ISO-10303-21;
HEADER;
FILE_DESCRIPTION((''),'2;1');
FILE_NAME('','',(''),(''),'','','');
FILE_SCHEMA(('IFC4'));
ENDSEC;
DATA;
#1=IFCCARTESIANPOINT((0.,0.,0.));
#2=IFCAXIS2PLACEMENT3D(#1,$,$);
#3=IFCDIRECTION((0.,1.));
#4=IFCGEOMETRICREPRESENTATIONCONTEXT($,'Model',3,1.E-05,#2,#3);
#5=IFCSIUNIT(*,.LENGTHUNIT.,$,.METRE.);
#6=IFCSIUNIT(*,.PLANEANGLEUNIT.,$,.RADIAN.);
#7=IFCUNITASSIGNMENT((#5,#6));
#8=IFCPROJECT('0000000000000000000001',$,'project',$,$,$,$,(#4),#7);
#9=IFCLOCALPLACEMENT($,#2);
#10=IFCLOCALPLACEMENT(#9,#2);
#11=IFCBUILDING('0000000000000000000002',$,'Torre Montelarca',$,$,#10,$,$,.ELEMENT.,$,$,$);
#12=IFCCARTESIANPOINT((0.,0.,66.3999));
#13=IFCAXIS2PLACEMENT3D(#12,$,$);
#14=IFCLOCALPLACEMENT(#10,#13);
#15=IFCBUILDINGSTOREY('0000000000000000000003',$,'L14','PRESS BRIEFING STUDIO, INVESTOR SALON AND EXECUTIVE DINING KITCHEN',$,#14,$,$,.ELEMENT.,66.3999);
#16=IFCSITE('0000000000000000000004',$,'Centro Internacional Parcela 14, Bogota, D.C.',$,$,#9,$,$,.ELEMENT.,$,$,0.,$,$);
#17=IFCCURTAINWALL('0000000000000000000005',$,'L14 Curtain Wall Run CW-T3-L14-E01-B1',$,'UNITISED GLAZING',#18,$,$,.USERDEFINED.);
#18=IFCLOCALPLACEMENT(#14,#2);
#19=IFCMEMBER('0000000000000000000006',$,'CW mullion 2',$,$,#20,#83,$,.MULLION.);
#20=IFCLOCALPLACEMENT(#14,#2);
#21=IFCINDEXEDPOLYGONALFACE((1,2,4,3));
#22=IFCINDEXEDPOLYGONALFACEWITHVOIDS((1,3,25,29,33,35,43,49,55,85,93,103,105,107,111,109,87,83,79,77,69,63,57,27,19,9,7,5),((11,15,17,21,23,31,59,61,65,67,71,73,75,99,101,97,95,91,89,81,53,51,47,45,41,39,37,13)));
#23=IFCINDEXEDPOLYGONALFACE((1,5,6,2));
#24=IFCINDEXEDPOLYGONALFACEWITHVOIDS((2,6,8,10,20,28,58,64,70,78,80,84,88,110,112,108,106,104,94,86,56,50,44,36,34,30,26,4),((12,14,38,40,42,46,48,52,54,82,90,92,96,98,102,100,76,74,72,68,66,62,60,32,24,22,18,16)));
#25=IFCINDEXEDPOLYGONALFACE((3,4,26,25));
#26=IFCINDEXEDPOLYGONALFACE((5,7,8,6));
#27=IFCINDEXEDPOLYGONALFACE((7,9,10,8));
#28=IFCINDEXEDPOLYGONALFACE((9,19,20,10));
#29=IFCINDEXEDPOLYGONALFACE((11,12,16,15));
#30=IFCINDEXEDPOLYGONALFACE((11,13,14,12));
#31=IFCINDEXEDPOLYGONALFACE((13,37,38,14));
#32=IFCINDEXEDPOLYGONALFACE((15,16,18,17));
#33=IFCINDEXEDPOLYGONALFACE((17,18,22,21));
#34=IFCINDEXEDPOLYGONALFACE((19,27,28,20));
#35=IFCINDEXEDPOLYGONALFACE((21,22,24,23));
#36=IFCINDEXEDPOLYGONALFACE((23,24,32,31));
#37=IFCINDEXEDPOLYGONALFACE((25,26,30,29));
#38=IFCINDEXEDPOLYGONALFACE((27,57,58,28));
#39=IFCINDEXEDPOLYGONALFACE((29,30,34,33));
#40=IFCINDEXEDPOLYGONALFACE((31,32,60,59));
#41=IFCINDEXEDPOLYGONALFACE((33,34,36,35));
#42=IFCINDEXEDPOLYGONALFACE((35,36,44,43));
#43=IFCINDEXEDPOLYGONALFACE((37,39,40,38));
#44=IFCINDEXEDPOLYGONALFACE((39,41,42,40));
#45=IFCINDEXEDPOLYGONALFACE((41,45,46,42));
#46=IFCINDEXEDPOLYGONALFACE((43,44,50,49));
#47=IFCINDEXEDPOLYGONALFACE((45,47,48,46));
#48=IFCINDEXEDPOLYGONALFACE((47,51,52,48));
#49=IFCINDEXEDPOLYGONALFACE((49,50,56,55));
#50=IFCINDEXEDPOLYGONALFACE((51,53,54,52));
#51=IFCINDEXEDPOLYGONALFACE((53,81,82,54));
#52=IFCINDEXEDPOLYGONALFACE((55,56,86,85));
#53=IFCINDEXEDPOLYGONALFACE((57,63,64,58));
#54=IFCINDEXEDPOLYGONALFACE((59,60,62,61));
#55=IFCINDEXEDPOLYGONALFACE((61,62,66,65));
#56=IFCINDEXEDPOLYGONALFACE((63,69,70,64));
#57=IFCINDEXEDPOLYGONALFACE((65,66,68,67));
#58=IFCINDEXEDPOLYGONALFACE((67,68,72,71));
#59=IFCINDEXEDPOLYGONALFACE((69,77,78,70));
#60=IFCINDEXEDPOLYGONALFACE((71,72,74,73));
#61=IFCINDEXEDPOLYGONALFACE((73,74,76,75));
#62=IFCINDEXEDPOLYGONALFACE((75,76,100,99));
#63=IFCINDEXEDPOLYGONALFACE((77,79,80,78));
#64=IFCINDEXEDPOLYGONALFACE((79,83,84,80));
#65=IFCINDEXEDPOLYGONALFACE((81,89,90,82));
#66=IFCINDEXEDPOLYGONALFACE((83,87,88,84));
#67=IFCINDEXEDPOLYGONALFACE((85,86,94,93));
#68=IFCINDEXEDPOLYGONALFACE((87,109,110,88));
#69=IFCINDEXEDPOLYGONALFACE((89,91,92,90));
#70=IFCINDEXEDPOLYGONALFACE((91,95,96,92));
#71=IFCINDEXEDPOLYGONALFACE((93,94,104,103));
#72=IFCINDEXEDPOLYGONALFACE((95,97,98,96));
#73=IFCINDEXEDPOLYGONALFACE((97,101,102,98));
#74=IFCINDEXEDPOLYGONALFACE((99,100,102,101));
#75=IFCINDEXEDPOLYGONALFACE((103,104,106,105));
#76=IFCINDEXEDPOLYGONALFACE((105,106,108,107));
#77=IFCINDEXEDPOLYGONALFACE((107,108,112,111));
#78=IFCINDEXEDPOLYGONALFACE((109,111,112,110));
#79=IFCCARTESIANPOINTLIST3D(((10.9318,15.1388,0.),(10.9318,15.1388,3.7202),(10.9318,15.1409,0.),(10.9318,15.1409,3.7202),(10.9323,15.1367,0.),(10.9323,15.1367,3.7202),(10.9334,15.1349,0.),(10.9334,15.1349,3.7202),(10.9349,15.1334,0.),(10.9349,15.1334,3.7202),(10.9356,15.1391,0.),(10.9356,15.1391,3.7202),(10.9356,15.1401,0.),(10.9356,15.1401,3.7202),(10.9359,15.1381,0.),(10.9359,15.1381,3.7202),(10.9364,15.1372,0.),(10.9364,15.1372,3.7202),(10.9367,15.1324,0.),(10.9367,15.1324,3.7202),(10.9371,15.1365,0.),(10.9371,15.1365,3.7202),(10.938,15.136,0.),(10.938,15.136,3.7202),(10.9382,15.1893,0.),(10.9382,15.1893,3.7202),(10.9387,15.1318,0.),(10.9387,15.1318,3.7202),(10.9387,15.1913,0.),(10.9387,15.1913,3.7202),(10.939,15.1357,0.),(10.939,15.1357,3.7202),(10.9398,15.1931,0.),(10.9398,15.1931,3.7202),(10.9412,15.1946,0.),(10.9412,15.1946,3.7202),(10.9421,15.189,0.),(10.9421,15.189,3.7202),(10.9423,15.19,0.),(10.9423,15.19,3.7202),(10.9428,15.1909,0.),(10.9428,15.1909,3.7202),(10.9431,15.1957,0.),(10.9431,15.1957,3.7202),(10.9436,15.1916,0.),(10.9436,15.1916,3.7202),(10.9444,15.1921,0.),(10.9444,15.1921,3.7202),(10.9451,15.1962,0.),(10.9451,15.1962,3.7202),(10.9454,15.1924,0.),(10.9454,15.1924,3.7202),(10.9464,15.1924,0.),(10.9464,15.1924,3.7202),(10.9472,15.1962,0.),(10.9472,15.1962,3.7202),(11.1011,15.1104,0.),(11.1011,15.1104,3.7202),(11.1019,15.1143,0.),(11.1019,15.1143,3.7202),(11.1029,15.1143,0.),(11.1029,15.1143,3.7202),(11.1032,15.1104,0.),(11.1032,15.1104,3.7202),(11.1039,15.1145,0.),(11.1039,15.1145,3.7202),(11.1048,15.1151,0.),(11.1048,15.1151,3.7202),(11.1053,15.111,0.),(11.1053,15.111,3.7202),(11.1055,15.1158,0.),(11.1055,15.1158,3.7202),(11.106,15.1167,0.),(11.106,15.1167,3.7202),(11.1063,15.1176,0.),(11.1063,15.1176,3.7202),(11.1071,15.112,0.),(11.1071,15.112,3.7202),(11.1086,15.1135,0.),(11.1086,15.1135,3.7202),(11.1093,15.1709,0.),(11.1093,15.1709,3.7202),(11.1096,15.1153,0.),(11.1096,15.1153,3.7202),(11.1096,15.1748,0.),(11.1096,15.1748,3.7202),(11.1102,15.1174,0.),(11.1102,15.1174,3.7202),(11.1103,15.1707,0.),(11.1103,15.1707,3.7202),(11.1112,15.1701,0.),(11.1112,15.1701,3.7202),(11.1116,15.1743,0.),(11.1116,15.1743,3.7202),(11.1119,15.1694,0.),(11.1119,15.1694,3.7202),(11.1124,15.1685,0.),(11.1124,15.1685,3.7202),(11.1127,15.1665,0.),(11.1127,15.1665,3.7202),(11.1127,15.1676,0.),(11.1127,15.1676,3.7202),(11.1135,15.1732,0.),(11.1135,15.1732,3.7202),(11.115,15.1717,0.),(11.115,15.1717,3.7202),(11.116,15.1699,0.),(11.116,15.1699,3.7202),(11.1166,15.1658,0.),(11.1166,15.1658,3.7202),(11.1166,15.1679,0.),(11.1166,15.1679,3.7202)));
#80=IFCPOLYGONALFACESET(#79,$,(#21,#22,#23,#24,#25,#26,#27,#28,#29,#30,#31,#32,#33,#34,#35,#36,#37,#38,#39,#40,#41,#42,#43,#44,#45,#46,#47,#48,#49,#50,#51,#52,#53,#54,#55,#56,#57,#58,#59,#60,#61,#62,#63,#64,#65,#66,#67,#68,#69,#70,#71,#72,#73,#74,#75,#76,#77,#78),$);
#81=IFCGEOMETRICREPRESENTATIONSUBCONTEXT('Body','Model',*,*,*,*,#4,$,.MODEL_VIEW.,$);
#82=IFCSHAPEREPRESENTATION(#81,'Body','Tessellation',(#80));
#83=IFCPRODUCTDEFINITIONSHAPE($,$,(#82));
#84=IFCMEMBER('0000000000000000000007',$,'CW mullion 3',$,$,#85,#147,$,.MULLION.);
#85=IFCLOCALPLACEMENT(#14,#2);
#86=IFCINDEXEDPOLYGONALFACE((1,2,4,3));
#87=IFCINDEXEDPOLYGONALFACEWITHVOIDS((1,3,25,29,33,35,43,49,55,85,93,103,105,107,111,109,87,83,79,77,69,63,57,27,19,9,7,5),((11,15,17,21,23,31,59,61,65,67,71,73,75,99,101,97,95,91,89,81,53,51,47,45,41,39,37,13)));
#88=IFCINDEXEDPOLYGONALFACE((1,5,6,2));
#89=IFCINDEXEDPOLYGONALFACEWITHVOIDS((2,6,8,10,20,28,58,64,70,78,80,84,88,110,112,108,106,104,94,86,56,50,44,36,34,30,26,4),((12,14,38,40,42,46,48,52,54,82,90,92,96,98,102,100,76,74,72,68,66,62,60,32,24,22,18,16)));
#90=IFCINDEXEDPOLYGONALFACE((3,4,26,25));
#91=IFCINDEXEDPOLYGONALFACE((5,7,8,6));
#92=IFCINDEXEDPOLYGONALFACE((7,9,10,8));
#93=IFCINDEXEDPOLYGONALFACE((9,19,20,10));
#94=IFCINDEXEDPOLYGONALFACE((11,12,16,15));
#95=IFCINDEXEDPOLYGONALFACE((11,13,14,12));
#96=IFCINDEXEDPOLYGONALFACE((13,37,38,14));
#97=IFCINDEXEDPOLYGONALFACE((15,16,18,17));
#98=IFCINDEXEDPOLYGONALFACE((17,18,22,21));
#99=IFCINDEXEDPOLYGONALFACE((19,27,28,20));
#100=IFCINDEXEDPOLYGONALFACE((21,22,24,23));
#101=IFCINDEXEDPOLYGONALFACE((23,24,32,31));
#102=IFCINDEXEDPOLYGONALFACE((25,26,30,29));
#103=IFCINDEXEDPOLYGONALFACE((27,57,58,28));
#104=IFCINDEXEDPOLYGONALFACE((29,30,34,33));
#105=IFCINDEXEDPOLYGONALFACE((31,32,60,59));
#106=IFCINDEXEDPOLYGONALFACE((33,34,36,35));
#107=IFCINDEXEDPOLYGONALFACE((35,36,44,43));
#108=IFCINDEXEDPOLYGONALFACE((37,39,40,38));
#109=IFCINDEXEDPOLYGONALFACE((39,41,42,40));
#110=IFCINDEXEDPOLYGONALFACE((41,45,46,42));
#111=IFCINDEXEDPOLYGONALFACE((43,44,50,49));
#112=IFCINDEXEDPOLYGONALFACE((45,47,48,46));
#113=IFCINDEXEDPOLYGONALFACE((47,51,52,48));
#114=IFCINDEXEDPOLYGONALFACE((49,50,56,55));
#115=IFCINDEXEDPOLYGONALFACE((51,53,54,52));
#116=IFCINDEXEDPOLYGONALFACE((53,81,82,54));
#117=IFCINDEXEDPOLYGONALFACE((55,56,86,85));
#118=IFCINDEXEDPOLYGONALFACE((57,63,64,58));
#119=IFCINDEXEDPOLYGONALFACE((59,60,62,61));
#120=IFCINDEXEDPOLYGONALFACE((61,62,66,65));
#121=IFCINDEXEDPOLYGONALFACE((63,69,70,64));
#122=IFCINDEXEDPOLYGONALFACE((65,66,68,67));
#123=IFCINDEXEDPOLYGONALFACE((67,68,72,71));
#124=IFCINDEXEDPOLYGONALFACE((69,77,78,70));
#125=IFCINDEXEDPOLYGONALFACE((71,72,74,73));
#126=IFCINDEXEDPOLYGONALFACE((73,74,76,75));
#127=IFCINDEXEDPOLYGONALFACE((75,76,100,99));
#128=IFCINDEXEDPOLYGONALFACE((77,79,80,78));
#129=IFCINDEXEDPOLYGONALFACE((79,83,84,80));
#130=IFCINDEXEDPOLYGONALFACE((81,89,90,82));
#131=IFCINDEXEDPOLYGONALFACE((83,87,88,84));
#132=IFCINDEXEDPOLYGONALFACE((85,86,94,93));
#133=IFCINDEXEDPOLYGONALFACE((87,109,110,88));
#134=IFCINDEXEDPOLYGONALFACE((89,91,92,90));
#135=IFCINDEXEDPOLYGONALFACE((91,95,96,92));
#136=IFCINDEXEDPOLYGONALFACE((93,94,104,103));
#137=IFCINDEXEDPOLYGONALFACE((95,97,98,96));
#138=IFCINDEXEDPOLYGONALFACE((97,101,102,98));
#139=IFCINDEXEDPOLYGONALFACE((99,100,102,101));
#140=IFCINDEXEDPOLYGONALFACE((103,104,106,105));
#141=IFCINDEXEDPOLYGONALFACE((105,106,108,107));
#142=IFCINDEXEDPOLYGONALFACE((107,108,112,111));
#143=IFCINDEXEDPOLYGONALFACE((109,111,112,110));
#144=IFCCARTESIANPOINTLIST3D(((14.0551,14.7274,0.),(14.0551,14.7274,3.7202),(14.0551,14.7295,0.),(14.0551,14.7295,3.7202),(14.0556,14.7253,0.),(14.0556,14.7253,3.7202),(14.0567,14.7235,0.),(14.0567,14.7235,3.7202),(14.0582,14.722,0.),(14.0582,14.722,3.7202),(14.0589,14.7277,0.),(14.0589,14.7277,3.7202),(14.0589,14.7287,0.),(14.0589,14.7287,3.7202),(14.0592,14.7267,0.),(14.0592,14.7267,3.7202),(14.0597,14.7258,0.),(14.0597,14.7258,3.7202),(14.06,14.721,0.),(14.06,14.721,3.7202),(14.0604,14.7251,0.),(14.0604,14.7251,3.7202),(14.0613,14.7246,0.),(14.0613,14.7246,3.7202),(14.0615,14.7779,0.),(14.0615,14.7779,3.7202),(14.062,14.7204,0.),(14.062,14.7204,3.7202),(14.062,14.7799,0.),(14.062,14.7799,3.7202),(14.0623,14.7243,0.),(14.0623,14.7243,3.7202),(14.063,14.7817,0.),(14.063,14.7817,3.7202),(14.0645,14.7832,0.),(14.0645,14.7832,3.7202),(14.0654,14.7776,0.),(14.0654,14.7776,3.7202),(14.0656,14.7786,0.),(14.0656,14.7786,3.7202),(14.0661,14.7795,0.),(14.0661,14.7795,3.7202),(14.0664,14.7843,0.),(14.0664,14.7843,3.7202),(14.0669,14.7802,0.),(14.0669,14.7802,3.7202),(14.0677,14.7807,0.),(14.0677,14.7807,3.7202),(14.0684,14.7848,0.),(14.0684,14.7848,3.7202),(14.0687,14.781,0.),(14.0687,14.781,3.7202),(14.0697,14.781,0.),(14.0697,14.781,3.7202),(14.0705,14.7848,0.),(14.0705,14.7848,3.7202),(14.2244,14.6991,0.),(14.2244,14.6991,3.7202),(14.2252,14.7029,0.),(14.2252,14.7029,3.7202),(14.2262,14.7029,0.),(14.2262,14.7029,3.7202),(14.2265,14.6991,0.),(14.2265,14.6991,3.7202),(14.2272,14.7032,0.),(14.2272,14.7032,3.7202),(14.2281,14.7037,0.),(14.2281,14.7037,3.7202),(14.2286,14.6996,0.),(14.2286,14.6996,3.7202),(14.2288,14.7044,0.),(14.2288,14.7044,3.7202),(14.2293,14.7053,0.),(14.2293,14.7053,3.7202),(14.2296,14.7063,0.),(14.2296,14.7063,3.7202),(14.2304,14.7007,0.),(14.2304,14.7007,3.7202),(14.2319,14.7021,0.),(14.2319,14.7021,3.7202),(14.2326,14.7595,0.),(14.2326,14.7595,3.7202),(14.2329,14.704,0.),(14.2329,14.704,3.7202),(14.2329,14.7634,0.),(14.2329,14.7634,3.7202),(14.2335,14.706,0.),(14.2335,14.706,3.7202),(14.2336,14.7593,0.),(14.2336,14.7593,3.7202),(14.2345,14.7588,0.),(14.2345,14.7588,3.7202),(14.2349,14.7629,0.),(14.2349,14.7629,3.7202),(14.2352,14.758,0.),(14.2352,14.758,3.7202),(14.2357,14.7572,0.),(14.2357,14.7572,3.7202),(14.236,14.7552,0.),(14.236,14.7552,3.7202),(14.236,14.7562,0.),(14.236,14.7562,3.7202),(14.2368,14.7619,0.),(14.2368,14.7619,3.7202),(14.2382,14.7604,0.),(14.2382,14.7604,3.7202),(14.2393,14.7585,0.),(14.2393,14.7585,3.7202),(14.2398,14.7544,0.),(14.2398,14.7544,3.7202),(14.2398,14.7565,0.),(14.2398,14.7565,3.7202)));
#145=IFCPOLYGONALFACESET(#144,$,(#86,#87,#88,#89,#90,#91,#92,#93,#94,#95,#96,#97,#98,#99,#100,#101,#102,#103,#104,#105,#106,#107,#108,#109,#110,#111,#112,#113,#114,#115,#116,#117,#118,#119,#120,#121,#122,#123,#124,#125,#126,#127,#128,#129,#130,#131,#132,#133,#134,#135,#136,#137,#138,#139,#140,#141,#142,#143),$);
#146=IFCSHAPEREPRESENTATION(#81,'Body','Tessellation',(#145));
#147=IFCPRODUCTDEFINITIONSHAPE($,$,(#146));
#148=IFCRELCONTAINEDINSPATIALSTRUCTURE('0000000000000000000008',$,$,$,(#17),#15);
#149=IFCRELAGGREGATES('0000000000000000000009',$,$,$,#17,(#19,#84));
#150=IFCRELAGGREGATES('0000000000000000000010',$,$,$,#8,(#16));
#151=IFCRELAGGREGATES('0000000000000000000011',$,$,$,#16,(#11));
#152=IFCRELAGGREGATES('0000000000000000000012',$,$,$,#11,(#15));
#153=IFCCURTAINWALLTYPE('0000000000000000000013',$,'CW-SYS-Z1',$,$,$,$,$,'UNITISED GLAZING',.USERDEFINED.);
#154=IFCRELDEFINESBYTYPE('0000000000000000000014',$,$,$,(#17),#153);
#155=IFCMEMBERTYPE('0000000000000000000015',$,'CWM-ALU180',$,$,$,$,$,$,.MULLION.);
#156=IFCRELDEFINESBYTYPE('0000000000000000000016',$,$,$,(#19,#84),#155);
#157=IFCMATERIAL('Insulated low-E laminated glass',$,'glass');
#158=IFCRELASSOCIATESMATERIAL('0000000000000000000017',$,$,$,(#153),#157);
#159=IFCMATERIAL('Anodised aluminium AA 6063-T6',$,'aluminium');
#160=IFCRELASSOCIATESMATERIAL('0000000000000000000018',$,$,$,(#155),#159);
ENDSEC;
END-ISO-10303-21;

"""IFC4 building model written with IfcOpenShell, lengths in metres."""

from ifc_helpers import new_model, si_unit, direction, frame, origin, origin_2d, place, context, subcontext, project, spatial, hollow_rectangle, extrude, source, transform, mapped, material, material_profile, profile_set, type_object, element, aggregate, save


model = new_model("IFC4")

# Units and contexts
model_context = context("Model", 3, precision=1e-05, world=origin(), true_north=direction((0.0, 1.0)))
body_context = subcontext(model_context, "Body", "Model", "MODEL_VIEW")
ifc_project = project(units=[si_unit("LENGTHUNIT", "METRE"), si_unit("PLANEANGLEUNIT", "RADIAN")], contexts=[model_context])

# Site, building, storey
site_placement = place(None, origin())
site = spatial("IfcSite", under=ifc_project, at=site_placement, Name="Centro Internacional Parcela 14, Bogota, D.C.", CompositionType="ELEMENT", RefElevation=0.0)
building_placement = place(site_placement, origin())
building = spatial("IfcBuilding", under=site, at=building_placement, Name="Torre Montelarca", CompositionType="ELEMENT")
storey_placement = place(building_placement, frame((0.0, 0.0, 66.3999)))
storey = spatial("IfcBuildingStorey", under=building, at=storey_placement, Name="L14", Description="PRESS BRIEFING STUDIO, INVESTOR SALON AND EXECUTIVE DINING KITCHEN", CompositionType="ELEMENT", Elevation=66.3999)

# Curtain wall
ifc_material_1 = material(Name="Insulated low-E laminated glass", Category="glass")
curtain_wall_type = type_object("IfcCurtainWallType", Name="CW-SYS-Z1", ElementType="UNITISED GLAZING", PredefinedType="USERDEFINED", material=ifc_material_1)
curtain_wall_1_placement = place(storey_placement, origin())
curtain_wall_1 = element("IfcCurtainWall", 1, at=curtain_wall_1_placement, inside=storey, type_object=curtain_wall_type, Name="L14 Curtain Wall Run CW-T3-L14-E01-B1", ObjectType="UNITISED GLAZING", PredefinedType="USERDEFINED")
ifc_material_2 = material(Name="Anodised aluminium AA 6063-T6", Category="aluminium")

# Members
ifc_material_profile_1 = material_profile(ifc_material_2, hollow_rectangle(XDim=0.0649, YDim=0.1799, WallThickness=0.0039, InnerFilletRadius=0.0039, OuterFilletRadius=0.0081, at=origin_2d()), Name="ALU65X180X4", Category="aluminium")
ifc_profile_set_1 = profile_set([ifc_material_profile_1], Name="Anodised aluminium AA 6063-T6")
member_type_1 = type_object("IfcMemberType", Name="CWM-ALU180", PredefinedType="MULLION", material=ifc_profile_set_1)
shared_shape_1 = source(origin(), body_context, "Body", "SweptSolid", [
    extrude(hollow_rectangle(XDim=0.0649, YDim=0.1799, WallThickness=0.0039, InnerFilletRadius=0.0039, OuterFilletRadius=0.0081, at=origin_2d()), origin(), (0.0, 0.0, 1.0), 3.7202),
])
member_1_placement = place(storey_placement, frame((11.0242, 15.1533, 0.0), z_axis=(0.0, 0.0, 1.0), x_axis=(0.130515, 0.991446, 0.0)))
member_1 = element("IfcMember", 2, at=member_1_placement, type_object=member_type_1, Name="CW mullion 2", PredefinedType="MULLION", context=body_context, shape_type="MappedRepresentation", body=[
    mapped(shared_shape_1, transform((0.0, 0.0, 0.0), scale=1.0)),
])
member_2_placement = place(storey_placement, frame((14.1475, 14.7419, 0.0), z_axis=(0.0, 0.0, 1.0), x_axis=(0.130515, 0.991446, 0.0)))
member_2 = element("IfcMember", 3, at=member_2_placement, type_object=member_type_1, Name="CW mullion 3", PredefinedType="MULLION", context=body_context, shape_type="MappedRepresentation", body=[
    mapped(shared_shape_1, transform((0.0, 0.0, 0.0), scale=1.0)),
])

aggregate(curtain_wall_1, [member_1, member_2])

save(model, "model.ifc")
